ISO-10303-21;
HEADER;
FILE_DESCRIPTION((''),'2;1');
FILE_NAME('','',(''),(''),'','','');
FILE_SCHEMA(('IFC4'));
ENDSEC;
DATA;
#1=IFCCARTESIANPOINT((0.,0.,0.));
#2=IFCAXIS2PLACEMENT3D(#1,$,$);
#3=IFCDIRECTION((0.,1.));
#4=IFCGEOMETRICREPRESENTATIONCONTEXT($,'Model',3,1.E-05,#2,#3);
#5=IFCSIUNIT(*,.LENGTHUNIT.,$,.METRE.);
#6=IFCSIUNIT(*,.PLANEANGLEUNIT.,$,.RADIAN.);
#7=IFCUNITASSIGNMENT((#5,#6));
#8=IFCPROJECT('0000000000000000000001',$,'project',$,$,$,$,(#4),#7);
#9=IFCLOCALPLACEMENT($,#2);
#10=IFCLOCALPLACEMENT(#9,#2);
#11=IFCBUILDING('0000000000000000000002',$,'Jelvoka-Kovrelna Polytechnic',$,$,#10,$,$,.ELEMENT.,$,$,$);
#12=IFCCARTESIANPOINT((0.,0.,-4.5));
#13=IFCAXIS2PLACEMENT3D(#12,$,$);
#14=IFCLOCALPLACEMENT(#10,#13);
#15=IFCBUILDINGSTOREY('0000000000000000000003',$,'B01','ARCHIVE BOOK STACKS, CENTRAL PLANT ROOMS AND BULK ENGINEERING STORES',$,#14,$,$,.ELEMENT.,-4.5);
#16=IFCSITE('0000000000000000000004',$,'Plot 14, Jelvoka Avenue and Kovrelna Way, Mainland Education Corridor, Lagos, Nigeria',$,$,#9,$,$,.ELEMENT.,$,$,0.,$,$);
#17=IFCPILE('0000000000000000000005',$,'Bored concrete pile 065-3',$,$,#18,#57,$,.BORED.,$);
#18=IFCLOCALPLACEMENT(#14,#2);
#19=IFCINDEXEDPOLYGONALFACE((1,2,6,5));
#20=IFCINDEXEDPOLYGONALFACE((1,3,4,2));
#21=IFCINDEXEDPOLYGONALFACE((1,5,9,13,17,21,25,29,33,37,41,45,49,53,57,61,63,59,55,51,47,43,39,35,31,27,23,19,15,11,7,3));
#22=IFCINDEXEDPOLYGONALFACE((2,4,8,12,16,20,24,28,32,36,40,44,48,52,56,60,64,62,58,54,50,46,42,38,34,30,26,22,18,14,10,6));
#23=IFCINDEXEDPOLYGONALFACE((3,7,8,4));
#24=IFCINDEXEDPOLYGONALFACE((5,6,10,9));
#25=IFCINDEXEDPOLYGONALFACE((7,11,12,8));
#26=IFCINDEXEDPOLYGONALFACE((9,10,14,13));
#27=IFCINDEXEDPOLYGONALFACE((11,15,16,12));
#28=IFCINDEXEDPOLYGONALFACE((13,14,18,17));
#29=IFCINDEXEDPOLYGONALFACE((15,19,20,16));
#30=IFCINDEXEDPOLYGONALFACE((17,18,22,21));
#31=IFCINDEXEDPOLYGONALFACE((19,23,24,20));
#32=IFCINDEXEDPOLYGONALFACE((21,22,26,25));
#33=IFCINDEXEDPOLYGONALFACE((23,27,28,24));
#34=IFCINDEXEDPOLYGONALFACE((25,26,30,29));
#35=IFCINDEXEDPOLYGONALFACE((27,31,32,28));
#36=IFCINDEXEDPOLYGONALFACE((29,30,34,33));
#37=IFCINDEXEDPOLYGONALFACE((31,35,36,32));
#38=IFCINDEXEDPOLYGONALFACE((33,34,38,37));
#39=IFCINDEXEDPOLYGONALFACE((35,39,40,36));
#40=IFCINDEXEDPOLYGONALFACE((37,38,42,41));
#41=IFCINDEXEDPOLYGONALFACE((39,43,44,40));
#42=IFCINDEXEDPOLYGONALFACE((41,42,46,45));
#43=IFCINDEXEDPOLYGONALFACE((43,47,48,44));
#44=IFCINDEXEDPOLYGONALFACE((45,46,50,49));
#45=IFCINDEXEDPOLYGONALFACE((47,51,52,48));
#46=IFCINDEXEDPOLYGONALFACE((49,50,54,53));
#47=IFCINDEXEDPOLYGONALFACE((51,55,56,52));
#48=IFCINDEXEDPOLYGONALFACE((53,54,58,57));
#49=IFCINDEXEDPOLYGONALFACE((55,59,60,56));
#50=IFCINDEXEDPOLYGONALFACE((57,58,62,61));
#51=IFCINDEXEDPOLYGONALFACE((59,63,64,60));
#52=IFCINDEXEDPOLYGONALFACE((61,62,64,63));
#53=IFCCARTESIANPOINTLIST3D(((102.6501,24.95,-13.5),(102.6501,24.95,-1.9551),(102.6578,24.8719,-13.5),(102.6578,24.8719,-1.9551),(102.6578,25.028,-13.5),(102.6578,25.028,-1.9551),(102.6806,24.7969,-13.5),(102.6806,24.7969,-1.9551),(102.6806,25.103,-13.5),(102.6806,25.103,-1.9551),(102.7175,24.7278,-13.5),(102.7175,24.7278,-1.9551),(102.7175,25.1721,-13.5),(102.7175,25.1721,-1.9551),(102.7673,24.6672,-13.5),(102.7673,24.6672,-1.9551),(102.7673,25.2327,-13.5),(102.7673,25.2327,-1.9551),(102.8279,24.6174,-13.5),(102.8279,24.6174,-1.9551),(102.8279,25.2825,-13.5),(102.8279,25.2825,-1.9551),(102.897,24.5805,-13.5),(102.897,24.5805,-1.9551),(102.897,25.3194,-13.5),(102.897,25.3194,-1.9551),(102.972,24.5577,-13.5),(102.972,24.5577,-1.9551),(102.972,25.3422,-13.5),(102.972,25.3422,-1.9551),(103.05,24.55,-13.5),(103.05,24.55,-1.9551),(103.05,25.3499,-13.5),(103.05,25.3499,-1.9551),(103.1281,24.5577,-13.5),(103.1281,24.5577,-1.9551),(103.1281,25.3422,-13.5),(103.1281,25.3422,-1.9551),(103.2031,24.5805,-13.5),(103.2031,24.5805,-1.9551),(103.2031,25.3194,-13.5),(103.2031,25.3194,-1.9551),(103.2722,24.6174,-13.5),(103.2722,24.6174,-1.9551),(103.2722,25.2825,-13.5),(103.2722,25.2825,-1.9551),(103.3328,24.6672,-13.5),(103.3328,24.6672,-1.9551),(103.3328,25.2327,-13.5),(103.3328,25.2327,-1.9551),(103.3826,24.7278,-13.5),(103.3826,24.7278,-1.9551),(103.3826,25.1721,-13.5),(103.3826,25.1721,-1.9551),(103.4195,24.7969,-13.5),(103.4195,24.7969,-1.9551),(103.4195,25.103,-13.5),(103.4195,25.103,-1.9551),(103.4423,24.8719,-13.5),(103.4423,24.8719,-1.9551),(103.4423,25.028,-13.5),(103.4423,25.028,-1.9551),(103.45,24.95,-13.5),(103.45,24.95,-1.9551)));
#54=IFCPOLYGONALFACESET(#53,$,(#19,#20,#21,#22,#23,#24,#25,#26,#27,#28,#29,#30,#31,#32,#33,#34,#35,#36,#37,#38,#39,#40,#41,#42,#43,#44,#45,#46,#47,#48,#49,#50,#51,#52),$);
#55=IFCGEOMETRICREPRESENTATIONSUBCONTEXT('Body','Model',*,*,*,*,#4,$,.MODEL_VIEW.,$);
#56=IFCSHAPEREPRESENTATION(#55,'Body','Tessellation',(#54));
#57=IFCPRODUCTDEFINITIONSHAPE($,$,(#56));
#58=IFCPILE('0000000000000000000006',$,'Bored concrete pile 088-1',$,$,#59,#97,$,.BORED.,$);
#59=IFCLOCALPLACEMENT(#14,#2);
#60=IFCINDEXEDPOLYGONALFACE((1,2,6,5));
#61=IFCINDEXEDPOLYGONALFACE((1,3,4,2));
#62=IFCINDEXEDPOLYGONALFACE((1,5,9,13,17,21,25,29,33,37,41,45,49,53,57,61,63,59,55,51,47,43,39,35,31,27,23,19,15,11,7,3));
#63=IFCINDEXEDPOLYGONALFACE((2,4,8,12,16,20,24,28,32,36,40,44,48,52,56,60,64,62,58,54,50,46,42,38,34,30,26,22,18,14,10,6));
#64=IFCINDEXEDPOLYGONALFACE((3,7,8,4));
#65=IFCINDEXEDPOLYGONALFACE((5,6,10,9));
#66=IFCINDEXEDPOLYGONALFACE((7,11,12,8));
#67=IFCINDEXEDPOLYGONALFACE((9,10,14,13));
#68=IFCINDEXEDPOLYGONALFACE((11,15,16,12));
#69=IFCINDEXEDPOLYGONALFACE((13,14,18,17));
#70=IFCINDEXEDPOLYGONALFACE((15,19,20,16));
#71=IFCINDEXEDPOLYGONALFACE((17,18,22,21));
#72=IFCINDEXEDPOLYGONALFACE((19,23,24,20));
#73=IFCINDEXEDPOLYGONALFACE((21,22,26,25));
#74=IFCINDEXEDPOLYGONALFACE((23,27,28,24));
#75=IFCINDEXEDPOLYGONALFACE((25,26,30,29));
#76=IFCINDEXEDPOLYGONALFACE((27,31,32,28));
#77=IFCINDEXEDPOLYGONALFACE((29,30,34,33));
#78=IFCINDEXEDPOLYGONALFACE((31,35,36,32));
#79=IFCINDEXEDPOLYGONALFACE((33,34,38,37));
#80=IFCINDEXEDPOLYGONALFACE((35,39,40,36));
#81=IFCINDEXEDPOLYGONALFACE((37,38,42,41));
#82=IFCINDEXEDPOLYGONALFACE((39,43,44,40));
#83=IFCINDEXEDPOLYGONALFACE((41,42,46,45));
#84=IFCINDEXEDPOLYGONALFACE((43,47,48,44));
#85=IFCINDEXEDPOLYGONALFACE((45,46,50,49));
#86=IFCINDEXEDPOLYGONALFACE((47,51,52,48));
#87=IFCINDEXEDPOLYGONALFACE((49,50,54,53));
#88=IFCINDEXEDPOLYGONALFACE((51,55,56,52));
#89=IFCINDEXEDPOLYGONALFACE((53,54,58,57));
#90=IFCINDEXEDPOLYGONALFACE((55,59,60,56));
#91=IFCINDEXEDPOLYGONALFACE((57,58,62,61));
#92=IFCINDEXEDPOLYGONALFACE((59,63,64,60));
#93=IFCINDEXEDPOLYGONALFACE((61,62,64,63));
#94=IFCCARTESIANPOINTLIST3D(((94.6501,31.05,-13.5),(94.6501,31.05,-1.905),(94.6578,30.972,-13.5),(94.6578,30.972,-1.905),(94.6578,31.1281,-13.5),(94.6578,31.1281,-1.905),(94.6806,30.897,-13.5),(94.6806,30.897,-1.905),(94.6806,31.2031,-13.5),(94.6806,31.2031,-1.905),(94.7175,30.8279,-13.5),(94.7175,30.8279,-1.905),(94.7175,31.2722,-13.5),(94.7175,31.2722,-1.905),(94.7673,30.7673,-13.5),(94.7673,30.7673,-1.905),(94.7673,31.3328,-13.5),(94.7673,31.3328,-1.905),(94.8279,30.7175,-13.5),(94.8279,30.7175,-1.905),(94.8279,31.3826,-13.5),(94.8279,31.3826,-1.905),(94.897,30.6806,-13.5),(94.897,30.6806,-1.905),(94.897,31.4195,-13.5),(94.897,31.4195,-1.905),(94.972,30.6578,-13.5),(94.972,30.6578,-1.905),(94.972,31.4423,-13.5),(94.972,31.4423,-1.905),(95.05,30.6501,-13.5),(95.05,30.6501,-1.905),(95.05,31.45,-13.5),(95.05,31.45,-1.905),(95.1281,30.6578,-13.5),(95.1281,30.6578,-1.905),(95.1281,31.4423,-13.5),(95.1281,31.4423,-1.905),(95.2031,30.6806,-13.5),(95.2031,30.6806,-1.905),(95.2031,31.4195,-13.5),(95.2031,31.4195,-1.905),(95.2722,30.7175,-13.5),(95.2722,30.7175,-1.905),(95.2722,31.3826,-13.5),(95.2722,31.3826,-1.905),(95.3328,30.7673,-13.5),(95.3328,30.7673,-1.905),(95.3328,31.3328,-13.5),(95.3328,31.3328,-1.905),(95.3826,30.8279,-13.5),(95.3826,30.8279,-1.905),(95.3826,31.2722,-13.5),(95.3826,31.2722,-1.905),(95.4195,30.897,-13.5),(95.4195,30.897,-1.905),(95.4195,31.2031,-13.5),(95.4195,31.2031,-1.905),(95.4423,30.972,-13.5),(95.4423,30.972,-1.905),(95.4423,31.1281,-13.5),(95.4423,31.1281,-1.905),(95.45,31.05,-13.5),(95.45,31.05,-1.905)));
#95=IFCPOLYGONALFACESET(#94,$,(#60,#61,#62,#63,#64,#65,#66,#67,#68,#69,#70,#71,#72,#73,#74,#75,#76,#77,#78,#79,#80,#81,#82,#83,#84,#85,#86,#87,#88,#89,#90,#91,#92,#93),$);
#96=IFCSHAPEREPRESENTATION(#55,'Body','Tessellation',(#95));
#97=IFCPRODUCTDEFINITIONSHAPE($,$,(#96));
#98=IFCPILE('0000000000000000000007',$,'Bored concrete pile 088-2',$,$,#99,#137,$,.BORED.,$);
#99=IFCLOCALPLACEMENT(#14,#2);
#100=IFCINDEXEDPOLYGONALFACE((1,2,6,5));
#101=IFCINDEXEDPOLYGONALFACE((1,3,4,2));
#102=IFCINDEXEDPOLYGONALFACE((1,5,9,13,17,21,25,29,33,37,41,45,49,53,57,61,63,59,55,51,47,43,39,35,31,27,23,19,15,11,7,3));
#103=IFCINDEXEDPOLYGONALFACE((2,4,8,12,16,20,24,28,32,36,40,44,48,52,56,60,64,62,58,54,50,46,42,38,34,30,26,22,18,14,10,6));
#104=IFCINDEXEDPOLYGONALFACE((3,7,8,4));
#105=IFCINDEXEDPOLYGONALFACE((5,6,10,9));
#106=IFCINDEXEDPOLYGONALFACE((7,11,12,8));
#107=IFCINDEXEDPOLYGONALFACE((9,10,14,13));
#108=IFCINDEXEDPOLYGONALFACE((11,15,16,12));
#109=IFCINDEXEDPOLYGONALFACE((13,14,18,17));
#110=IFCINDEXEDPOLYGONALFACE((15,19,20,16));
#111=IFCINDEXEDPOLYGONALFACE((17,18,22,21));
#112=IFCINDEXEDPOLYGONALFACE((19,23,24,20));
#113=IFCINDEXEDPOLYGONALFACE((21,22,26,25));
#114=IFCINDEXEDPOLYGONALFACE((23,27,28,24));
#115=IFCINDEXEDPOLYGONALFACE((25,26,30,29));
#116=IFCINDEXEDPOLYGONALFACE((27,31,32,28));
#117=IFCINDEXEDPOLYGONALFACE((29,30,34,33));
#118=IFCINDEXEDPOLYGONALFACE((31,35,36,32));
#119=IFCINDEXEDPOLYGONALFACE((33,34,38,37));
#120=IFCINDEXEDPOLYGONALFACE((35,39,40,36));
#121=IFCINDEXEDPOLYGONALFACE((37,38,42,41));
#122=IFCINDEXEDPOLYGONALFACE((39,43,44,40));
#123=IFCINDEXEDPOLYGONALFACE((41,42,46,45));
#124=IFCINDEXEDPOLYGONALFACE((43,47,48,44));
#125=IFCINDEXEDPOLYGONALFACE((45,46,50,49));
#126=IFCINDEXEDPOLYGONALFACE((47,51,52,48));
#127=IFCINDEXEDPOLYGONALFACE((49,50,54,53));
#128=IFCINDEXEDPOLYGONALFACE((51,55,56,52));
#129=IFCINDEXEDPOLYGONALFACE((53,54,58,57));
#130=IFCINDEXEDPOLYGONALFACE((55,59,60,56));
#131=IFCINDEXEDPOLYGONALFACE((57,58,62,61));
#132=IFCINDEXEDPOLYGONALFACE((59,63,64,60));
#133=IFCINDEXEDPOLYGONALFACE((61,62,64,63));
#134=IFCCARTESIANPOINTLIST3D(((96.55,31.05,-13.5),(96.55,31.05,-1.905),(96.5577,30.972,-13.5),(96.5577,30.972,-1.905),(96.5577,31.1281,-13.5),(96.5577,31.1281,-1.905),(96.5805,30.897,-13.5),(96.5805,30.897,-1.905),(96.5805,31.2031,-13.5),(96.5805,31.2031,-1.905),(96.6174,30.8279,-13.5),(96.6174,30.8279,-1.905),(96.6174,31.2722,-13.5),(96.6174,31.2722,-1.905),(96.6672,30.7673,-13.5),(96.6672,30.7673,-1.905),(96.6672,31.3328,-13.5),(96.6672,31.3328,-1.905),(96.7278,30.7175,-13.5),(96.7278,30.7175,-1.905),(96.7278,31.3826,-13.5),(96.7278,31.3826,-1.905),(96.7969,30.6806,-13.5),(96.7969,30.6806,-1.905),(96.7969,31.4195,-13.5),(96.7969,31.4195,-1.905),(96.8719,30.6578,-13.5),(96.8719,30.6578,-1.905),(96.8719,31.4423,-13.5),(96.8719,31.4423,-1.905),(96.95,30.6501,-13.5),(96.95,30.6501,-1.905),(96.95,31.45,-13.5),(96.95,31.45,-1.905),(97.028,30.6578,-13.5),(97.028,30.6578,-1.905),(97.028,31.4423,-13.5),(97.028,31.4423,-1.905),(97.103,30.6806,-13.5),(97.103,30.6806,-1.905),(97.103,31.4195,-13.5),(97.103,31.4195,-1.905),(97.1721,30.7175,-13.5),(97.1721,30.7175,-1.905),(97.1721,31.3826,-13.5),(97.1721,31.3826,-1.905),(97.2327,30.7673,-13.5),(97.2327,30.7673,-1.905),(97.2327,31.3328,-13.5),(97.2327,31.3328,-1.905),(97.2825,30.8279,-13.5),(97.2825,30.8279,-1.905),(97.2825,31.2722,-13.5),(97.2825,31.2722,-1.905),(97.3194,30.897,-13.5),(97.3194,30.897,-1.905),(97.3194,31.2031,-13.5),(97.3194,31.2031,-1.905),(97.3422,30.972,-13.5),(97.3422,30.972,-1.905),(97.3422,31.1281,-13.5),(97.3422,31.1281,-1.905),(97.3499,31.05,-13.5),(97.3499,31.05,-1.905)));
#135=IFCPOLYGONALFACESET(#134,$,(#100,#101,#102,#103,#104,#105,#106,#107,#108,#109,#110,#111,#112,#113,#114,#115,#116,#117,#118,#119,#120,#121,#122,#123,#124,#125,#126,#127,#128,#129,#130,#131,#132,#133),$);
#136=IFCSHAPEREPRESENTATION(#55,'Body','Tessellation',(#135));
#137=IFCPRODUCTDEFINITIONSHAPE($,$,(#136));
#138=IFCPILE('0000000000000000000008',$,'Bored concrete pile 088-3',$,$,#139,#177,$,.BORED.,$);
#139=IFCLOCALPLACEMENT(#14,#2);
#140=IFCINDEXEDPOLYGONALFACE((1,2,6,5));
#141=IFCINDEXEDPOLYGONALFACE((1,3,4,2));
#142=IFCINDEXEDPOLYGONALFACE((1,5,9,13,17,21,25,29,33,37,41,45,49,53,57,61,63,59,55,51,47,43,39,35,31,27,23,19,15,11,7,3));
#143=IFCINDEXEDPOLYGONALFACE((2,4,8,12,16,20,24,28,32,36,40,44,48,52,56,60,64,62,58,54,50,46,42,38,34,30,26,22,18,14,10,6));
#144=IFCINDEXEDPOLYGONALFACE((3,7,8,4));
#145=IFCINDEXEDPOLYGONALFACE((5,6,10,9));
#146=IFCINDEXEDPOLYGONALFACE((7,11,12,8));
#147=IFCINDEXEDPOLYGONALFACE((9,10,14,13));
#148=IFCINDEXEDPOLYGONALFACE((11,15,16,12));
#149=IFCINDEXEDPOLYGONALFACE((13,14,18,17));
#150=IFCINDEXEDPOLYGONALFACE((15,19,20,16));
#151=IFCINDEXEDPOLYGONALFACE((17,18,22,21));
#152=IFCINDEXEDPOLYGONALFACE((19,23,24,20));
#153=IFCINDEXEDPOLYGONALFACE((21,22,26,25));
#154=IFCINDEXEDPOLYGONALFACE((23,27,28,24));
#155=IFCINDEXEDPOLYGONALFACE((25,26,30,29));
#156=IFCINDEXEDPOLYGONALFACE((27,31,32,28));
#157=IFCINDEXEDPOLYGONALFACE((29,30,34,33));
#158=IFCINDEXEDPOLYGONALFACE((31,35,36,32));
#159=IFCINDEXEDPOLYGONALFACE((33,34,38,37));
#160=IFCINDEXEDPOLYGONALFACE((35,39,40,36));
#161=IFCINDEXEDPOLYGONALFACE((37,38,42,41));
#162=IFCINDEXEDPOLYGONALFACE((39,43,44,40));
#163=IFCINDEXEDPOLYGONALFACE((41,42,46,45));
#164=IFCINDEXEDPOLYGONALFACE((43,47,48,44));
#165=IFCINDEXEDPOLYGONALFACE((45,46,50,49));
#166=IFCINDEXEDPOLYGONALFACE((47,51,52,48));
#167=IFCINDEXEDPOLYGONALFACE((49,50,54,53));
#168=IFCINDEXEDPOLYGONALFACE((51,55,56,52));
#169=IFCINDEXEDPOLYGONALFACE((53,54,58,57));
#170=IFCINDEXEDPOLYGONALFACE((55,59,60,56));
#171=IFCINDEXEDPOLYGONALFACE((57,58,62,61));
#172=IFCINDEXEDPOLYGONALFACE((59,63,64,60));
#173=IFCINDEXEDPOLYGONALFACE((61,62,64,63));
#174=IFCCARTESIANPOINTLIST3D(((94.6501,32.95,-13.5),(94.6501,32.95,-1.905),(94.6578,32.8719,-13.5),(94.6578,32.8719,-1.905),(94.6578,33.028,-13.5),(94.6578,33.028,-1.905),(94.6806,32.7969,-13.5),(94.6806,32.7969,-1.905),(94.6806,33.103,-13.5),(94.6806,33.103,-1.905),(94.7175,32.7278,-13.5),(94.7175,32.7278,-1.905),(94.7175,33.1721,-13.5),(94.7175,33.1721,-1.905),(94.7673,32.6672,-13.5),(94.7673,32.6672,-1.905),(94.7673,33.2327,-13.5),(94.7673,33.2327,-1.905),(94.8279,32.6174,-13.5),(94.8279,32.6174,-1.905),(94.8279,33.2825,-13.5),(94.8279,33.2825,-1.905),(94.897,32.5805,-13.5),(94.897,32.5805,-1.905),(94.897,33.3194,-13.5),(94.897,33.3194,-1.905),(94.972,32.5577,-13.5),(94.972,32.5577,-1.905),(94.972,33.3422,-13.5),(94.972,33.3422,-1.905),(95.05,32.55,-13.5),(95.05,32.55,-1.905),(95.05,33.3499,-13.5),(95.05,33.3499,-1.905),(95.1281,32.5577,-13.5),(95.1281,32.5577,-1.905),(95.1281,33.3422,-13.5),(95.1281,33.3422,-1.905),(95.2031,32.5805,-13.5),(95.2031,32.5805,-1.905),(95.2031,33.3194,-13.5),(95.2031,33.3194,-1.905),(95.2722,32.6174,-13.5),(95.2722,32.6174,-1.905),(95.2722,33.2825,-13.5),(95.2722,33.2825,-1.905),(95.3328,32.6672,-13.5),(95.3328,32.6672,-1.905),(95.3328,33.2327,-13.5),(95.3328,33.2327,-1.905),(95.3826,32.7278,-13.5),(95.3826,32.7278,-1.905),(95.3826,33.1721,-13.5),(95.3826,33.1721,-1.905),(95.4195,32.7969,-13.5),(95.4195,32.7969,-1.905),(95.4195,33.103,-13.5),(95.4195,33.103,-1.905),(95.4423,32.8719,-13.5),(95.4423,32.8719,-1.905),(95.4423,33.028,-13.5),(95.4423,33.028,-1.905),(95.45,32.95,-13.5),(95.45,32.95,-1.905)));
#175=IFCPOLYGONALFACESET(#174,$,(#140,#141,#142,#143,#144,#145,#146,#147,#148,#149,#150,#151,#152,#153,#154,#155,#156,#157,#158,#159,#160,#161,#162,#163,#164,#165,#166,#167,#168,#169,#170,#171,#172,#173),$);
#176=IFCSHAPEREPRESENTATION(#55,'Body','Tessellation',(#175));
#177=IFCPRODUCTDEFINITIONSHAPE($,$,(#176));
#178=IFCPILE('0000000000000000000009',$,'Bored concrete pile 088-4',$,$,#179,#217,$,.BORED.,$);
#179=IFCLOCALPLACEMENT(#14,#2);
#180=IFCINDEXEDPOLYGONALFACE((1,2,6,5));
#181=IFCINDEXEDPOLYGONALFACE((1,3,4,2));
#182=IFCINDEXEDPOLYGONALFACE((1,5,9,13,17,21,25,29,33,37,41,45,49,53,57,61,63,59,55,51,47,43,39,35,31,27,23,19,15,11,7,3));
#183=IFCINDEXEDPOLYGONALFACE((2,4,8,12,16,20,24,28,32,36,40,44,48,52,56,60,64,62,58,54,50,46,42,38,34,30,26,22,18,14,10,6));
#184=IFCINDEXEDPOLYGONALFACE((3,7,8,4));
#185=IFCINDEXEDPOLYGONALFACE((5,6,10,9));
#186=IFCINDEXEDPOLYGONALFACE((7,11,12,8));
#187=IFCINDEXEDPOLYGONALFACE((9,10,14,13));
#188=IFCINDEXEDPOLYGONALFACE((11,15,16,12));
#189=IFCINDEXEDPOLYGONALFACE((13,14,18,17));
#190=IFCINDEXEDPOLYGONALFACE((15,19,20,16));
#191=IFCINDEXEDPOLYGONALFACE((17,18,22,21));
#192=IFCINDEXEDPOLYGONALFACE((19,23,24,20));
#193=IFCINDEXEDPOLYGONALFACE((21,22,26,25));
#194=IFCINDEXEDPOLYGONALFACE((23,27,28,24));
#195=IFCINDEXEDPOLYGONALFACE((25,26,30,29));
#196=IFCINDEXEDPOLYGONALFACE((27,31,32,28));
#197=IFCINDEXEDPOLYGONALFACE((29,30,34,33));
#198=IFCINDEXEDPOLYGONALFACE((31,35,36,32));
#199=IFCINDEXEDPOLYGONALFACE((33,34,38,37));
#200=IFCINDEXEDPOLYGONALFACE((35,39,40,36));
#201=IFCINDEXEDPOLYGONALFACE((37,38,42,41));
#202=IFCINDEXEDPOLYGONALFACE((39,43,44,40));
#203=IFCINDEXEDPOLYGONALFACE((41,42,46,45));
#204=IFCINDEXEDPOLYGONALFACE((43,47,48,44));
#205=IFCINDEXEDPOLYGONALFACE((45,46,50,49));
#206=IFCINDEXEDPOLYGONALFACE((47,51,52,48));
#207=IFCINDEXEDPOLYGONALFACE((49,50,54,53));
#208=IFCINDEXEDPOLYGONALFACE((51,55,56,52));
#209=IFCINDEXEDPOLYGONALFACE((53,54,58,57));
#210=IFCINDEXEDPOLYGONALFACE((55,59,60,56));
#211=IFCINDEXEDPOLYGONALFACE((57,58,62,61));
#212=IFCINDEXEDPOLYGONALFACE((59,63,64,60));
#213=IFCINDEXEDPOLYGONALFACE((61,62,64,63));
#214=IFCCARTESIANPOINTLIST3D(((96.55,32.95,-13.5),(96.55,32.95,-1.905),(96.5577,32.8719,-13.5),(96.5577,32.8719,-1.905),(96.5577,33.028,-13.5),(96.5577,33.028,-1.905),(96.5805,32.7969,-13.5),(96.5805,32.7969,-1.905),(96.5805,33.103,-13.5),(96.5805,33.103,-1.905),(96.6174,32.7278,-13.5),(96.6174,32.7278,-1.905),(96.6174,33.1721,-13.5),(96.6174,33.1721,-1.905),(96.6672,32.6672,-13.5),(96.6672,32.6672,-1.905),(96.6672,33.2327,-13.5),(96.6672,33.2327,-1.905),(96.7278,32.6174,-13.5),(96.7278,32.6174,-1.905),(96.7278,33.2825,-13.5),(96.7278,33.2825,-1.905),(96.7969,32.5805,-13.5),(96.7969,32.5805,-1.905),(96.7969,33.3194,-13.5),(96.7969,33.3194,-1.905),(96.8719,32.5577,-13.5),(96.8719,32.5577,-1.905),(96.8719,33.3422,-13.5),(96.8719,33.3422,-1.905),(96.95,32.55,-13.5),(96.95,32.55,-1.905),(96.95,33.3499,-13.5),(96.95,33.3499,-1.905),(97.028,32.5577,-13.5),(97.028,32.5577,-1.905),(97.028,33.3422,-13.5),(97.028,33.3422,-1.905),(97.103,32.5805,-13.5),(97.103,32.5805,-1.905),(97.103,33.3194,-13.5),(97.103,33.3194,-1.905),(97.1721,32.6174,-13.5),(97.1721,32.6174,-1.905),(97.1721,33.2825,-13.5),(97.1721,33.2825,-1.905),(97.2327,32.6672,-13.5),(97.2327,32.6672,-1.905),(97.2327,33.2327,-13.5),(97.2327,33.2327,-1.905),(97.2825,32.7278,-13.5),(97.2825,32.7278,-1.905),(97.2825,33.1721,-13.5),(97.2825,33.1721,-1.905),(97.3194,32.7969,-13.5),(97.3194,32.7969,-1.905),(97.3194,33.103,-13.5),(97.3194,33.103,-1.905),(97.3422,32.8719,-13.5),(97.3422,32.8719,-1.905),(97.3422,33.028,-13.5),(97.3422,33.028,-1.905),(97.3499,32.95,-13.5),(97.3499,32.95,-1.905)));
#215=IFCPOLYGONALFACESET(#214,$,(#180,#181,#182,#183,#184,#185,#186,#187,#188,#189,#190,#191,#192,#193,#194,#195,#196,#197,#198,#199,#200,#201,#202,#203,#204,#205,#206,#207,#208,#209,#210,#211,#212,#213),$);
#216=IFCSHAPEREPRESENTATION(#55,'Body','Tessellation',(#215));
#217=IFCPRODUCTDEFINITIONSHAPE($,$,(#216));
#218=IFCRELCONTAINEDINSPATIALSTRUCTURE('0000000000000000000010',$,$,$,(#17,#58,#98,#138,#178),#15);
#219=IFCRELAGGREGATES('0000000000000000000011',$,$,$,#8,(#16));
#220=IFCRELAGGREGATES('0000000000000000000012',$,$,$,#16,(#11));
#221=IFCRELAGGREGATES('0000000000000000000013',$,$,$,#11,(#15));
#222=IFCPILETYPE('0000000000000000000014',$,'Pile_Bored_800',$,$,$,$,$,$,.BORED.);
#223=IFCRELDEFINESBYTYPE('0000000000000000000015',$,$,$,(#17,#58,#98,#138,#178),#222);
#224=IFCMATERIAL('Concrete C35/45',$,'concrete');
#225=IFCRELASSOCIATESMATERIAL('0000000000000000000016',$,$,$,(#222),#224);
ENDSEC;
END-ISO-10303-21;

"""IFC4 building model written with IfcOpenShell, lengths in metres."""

from ifc_helpers import new_model, si_unit, direction, frame, origin, origin_2d, place, context, subcontext, project, spatial, circle, extrude, material, material_profile, profile_set, type_object, element, save


model = new_model("IFC4")

# Units and contexts
model_context = context("Model", 3, precision=1e-05, world=origin(), true_north=direction((0.0, 1.0)))
body_context = subcontext(model_context, "Body", "Model", "MODEL_VIEW")
ifc_project = project(units=[si_unit("LENGTHUNIT", "METRE"), si_unit("PLANEANGLEUNIT", "RADIAN")], contexts=[model_context])

# Site, building, storey
site_placement = place(None, origin())
site = spatial("IfcSite", under=ifc_project, at=site_placement, Name="Plot 14, Jelvoka Avenue and Kovrelna Way, Mainland Education Corridor, Lagos, Nigeria", CompositionType="ELEMENT", RefElevation=0.0)
building_placement = place(site_placement, origin())
building = spatial("IfcBuilding", under=site, at=building_placement, Name="Jelvoka-Kovrelna Polytechnic", CompositionType="ELEMENT")
storey_placement = place(building_placement, frame((0.0, 0.0, -4.5)))
storey = spatial("IfcBuildingStorey", under=building, at=storey_placement, Name="B01", Description="ARCHIVE BOOK STACKS, CENTRAL PLANT ROOMS AND BULK ENGINEERING STORES", CompositionType="ELEMENT", Elevation=-4.5)

# Piles
ifc_material_1 = material(Name="Concrete C35/45", Category="concrete")
ifc_material_profile_1 = material_profile(ifc_material_1, circle(Radius=0.3999, at=origin_2d()), Name="PILE D800")
ifc_profile_set_1 = profile_set([ifc_material_profile_1], Name="Concrete C35/45")
pile_type = type_object("IfcPileType", Name="Pile_Bored_800", PredefinedType="BORED", material=ifc_profile_set_1)
pile_1_placement = place(storey_placement, frame((103.05, 24.95, -1.9551), z_axis=(0.0, 0.0, -1.0), x_axis=(1.0, 0.0, 0.0)))
element("IfcPile", 1, at=pile_1_placement, inside=storey, type_object=pile_type, Name="Bored concrete pile 065-3", PredefinedType="BORED", context=body_context, shape_type="SweptSolid", body=[
    extrude(circle(Radius=0.3999, at=origin_2d()), origin(), (0.0, 0.0, 1.0), 11.5449),
])
for number, where, z_axis, x_axis, name in (
    (2, (95.05, 31.05, -1.905), (0.0, 0.0, -1.0), (1.0, 0.0, 0.0), "Bored concrete pile 088-1"),
    (3, (96.95, 31.05, -1.905), (0.0, 0.0, -1.0), (1.0, 0.0, 0.0), "Bored concrete pile 088-2"),
    (4, (95.05, 32.95, -1.905), (0.0, 0.0, -1.0), (1.0, 0.0, 0.0), "Bored concrete pile 088-3"),
    (5, (96.95, 32.95, -1.905), (0.0, 0.0, -1.0), (1.0, 0.0, 0.0), "Bored concrete pile 088-4"),
):
    element("IfcPile", number, at=place(storey_placement, frame(where, z_axis=z_axis, x_axis=x_axis)), inside=storey, type_object=pile_type, Name=name, PredefinedType="BORED", context=body_context, shape_type="SweptSolid", body=[
        extrude(circle(Radius=0.3999, at=origin_2d()), origin(), (0.0, 0.0, 1.0), 11.595),
    ])

save(model, "model.ifc")
